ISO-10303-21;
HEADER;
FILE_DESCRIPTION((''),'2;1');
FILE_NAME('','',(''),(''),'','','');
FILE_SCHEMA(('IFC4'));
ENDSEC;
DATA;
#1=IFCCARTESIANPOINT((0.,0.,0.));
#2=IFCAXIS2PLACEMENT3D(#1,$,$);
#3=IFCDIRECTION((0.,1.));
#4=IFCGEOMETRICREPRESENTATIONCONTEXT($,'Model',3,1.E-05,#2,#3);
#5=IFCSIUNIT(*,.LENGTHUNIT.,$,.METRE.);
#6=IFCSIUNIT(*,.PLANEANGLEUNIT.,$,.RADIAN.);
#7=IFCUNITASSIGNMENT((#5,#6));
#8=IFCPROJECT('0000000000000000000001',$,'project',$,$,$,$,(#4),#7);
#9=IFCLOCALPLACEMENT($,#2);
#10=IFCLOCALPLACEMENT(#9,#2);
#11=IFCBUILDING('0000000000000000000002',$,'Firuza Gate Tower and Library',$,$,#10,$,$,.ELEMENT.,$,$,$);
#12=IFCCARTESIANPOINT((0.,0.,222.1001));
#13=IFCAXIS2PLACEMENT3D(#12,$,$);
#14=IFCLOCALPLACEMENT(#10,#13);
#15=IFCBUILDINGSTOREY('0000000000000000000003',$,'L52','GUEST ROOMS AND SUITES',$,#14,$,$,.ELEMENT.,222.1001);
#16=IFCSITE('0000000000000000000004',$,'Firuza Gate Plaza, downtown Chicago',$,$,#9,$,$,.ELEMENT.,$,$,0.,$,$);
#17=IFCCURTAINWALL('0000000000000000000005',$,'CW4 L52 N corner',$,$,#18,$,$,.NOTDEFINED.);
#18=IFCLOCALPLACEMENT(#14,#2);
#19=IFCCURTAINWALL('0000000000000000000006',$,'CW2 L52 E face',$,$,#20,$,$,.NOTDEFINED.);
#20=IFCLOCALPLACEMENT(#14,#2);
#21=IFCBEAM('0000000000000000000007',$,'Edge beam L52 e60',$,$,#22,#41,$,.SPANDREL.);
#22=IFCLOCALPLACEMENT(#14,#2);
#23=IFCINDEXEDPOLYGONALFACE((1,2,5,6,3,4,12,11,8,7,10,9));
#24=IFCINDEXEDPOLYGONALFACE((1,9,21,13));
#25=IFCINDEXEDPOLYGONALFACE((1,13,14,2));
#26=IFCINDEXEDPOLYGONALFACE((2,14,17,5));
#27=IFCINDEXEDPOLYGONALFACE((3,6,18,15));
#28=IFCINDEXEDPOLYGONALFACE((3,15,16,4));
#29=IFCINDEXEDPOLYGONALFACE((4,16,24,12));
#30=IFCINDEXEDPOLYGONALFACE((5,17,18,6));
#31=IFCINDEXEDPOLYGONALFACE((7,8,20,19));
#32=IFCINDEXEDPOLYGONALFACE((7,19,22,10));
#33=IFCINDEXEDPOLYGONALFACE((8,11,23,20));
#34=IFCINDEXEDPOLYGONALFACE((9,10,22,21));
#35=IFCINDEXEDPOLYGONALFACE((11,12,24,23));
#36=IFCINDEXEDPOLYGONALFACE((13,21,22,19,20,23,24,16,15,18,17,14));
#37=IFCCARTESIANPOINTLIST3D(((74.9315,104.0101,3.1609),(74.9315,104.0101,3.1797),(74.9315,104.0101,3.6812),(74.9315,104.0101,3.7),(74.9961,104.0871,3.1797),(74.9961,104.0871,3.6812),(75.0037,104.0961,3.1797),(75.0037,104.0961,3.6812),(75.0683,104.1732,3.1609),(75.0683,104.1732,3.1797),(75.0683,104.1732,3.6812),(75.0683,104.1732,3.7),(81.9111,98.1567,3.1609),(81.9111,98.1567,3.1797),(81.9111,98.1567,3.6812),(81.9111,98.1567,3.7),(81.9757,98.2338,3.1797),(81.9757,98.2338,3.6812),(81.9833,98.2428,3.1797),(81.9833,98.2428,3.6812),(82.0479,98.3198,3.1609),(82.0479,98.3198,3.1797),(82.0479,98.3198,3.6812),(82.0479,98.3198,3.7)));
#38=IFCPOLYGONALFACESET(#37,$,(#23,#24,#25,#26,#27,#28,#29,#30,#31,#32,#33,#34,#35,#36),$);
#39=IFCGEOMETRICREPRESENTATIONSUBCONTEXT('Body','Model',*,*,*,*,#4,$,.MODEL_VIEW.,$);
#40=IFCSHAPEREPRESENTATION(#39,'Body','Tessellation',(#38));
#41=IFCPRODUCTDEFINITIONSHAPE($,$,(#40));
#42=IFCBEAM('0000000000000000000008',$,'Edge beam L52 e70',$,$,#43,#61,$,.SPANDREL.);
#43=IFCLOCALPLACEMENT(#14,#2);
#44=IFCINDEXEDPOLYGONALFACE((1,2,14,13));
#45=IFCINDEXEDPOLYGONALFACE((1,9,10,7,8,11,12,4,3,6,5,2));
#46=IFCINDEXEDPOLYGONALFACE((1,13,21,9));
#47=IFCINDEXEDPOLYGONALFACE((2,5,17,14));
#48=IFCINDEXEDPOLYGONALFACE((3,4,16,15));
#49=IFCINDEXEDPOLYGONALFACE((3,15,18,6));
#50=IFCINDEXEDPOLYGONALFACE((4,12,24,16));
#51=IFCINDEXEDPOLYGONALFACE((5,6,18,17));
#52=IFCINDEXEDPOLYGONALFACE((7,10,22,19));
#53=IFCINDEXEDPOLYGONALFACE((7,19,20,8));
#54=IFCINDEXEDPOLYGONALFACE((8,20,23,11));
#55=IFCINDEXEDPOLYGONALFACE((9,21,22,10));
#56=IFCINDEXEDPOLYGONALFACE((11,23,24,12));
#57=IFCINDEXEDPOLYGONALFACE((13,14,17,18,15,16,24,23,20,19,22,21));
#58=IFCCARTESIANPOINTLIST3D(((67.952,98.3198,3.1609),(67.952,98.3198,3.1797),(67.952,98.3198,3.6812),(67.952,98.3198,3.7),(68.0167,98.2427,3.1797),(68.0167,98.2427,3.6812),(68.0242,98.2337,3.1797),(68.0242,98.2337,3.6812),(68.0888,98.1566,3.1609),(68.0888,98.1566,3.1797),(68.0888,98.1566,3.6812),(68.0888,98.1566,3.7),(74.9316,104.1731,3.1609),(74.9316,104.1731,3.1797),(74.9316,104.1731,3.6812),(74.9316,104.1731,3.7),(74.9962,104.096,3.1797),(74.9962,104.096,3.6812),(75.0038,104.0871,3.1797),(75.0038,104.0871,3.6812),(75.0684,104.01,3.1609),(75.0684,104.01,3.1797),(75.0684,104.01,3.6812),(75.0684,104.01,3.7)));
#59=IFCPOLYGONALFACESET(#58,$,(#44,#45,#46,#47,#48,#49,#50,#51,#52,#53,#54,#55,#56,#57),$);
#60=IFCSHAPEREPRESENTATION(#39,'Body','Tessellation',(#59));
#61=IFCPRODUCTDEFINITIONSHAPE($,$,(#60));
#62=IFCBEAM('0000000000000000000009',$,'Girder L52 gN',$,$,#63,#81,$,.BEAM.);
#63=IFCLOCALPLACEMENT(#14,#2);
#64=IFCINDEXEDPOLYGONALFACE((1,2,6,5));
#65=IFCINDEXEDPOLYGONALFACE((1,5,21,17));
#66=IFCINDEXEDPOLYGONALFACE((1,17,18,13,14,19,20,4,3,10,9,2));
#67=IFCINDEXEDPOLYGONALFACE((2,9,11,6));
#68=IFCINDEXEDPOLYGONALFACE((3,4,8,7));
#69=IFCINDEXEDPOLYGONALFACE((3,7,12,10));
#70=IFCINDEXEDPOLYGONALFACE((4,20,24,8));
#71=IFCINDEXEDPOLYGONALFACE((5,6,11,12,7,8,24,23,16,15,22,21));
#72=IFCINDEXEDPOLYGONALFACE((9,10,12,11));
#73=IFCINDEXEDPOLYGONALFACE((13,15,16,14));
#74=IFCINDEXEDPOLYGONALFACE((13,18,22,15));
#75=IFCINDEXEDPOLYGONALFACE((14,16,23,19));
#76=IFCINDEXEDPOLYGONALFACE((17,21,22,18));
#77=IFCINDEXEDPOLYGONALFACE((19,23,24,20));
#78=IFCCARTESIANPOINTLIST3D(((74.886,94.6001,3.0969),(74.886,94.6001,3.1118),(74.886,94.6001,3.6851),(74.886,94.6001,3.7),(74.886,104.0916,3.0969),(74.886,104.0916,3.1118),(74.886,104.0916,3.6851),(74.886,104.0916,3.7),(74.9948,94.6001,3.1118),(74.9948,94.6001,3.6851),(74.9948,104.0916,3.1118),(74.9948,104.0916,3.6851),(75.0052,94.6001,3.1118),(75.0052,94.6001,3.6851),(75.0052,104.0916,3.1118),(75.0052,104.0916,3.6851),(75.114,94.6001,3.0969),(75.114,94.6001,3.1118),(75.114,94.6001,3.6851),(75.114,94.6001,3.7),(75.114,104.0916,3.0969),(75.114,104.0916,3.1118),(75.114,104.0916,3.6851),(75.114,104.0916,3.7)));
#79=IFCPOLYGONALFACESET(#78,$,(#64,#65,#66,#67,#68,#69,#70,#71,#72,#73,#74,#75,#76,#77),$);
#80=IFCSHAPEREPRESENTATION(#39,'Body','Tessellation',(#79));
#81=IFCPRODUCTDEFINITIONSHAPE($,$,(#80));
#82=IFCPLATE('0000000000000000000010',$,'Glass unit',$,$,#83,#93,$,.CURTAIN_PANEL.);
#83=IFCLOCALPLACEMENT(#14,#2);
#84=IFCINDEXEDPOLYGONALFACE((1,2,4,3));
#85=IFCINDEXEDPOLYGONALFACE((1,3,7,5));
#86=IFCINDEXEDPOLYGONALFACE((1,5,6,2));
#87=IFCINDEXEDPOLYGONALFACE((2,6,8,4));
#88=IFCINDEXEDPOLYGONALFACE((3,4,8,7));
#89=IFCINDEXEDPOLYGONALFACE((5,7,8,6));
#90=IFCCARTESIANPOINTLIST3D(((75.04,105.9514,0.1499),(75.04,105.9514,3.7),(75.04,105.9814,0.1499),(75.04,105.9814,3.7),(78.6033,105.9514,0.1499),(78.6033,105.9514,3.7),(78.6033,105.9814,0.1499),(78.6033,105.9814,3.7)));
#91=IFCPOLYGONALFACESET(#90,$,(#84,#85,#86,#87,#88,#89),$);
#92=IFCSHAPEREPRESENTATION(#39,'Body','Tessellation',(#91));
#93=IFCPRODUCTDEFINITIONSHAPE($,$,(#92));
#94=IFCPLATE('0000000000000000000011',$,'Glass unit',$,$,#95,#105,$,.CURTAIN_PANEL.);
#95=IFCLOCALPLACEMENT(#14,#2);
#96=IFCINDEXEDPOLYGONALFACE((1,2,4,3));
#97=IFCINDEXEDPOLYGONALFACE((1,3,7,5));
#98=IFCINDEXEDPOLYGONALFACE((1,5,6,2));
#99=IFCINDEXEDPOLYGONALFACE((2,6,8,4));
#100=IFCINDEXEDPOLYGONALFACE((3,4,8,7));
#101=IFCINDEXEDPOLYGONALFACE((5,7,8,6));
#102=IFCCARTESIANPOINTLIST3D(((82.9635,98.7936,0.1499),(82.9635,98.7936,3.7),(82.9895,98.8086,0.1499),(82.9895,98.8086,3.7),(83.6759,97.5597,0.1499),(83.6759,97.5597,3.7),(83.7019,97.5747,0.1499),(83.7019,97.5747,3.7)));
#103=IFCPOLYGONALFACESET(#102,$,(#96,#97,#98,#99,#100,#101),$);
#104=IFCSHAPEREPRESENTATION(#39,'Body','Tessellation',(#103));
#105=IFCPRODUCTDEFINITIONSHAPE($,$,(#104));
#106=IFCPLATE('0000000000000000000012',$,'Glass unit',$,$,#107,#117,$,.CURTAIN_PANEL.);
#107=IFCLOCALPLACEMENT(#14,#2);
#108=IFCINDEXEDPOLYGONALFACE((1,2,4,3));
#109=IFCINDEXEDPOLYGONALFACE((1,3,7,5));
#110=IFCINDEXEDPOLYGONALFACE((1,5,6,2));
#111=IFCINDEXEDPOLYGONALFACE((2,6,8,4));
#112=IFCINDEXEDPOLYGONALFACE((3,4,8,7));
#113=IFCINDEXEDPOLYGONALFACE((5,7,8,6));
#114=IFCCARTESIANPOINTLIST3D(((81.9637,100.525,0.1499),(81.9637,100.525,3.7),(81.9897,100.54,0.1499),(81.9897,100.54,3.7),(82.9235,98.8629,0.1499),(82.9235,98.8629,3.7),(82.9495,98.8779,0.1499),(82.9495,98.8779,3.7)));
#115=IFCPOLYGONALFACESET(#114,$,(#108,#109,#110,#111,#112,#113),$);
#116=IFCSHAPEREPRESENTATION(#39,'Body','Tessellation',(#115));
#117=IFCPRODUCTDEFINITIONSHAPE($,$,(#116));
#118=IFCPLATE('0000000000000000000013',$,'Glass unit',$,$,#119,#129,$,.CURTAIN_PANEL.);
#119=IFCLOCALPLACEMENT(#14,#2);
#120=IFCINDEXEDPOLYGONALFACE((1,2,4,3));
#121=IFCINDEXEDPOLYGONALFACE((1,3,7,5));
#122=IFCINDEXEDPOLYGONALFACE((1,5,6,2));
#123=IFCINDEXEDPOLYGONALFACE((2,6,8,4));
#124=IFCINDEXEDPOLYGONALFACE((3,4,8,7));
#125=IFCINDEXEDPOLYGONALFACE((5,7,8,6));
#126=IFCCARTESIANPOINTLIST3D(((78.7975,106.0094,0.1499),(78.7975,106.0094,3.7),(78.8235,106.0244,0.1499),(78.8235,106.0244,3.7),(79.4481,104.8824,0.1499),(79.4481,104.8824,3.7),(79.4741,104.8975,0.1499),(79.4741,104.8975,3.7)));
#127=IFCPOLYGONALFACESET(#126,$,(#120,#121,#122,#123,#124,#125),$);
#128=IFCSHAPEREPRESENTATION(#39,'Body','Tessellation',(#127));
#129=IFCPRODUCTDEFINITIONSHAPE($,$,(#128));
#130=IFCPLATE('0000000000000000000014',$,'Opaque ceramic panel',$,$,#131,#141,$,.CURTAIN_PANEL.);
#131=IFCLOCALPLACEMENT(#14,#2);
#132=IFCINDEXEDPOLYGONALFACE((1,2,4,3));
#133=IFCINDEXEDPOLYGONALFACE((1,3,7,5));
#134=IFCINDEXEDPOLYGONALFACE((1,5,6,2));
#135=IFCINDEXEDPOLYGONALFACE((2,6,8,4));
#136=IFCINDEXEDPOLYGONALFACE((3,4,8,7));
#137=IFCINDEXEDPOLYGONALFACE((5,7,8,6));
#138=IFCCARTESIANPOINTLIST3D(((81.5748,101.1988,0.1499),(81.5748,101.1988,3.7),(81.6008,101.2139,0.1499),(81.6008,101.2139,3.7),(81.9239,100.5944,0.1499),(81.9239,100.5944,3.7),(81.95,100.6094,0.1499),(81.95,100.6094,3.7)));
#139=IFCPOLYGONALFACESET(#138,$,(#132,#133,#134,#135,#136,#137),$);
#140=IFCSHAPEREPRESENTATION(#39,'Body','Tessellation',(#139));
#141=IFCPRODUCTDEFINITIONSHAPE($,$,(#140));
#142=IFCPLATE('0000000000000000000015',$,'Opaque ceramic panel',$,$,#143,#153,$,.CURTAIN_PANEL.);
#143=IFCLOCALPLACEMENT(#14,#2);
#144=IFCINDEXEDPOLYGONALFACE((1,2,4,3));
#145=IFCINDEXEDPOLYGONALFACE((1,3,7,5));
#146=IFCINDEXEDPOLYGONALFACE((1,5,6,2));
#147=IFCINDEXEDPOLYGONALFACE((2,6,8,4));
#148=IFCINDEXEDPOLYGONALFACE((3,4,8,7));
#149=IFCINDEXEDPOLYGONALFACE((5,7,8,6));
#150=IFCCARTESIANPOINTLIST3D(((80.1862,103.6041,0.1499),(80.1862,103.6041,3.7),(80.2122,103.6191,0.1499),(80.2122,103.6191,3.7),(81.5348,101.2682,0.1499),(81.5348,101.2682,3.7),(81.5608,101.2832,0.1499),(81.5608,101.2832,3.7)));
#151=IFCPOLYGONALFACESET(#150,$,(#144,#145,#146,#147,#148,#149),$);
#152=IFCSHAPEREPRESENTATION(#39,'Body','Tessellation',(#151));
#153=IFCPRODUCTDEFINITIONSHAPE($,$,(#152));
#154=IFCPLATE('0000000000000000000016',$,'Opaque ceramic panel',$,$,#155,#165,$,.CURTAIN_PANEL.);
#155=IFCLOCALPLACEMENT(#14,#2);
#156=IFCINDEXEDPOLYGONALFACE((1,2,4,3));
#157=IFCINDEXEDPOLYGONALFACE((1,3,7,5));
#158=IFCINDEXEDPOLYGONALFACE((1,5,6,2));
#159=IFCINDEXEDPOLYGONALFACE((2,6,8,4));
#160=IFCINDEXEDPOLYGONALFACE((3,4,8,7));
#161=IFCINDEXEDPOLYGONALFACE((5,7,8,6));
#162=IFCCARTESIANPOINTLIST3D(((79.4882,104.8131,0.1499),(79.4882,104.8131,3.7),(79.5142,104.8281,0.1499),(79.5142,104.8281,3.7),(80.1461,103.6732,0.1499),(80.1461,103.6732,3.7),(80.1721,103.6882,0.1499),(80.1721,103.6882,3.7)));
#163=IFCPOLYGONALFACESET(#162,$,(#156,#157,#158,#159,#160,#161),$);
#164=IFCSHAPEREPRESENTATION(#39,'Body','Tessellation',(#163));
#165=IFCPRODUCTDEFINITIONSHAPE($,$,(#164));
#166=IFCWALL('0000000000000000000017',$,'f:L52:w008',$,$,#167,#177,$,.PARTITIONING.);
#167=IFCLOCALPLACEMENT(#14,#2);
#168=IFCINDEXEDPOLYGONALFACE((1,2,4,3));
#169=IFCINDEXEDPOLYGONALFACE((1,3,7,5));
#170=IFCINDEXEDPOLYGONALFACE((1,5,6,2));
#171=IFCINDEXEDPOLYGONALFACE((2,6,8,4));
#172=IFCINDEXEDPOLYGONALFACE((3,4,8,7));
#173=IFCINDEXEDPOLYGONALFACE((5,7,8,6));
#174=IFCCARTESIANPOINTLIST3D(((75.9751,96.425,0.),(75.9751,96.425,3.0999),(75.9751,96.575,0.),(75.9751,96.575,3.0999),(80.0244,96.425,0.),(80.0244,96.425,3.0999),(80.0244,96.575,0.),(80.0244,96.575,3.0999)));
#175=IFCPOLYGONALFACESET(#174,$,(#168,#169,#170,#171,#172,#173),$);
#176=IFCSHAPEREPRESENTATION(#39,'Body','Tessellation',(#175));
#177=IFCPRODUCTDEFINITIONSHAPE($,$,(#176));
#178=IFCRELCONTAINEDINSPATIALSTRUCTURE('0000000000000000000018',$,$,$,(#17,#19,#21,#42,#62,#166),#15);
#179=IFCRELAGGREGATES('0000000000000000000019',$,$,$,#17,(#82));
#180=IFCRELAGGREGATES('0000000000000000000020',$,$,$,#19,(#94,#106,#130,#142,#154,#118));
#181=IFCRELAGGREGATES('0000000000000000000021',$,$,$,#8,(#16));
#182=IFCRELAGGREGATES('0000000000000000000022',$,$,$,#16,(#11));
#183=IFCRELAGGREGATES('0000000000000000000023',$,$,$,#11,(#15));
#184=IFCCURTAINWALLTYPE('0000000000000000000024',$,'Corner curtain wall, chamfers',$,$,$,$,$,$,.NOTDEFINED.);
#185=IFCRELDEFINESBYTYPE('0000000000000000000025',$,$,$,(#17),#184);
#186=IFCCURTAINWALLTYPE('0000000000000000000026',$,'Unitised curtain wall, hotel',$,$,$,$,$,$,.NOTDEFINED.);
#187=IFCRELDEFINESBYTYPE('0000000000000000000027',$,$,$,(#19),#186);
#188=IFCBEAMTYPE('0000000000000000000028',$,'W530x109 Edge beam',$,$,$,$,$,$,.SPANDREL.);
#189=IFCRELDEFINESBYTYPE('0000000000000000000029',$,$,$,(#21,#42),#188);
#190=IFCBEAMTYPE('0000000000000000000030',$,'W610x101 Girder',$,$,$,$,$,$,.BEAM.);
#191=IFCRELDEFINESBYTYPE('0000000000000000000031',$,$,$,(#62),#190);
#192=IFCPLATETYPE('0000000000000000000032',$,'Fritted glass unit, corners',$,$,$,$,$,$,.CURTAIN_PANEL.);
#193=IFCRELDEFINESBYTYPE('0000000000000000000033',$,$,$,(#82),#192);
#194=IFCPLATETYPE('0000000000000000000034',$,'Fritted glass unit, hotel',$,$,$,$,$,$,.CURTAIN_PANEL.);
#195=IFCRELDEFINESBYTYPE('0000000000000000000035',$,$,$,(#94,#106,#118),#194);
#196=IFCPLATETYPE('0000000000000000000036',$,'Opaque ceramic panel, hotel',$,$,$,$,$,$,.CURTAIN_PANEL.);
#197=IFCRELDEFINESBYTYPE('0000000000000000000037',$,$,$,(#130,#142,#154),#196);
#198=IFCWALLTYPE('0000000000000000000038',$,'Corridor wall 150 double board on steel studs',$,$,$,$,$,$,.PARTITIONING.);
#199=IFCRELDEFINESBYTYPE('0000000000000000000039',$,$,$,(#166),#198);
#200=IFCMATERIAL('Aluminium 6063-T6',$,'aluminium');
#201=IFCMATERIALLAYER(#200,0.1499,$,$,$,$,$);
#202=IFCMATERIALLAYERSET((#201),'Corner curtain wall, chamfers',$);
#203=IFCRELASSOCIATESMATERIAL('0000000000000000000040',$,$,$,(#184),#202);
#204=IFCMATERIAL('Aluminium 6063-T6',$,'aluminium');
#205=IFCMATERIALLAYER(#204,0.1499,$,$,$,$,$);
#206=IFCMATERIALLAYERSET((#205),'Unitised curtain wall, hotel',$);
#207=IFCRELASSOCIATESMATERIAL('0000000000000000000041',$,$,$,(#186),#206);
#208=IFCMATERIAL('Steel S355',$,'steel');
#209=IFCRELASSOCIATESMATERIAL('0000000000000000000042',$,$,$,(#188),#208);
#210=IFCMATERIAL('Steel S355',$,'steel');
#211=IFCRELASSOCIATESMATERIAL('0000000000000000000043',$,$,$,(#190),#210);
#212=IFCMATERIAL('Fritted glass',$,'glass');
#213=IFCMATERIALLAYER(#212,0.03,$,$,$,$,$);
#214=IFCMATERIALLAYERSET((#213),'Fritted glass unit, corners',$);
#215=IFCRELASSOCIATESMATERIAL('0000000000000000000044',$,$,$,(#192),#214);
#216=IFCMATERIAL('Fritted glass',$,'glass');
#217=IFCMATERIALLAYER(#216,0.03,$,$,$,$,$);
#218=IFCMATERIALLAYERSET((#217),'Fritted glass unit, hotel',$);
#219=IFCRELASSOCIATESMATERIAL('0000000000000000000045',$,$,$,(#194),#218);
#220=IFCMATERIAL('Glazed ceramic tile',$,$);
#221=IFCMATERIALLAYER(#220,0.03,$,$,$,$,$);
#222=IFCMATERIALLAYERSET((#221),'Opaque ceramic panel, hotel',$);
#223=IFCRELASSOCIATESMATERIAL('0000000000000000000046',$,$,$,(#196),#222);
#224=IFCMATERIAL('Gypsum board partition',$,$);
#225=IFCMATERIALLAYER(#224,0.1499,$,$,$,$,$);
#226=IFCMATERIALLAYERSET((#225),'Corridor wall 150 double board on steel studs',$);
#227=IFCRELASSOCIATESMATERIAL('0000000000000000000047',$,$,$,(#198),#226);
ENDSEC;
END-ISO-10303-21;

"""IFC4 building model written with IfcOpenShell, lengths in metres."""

from ifc_helpers import new_model, si_unit, direction, frame, frame_2d, origin, origin_2d, place, context, subcontext, project, spatial, polyline, rectangle, i_section, outline, extrude, material, layer, layer_set, material_profile, profile_set, type_object, element, aggregate, save


model = new_model("IFC4")

# Units and contexts
model_context = context("Model", 3, precision=1e-05, world=origin(), true_north=direction((0.0, 1.0)))
body_context = subcontext(model_context, "Body", "Model", "MODEL_VIEW")
ifc_project = project(units=[si_unit("LENGTHUNIT", "METRE"), si_unit("PLANEANGLEUNIT", "RADIAN")], contexts=[model_context])

# Site, building, storey
site_placement = place(None, origin())
site = spatial("IfcSite", under=ifc_project, at=site_placement, Name="Firuza Gate Plaza, downtown Chicago", CompositionType="ELEMENT", RefElevation=0.0)
building_placement = place(site_placement, origin())
building = spatial("IfcBuilding", under=site, at=building_placement, Name="Firuza Gate Tower and Library", CompositionType="ELEMENT")
storey_placement = place(building_placement, frame((0.0, 0.0, 222.1001)))
storey = spatial("IfcBuildingStorey", under=building, at=storey_placement, Name="L52", Description="GUEST ROOMS AND SUITES", CompositionType="ELEMENT", Elevation=222.1001)

# Curtain walls
ifc_material_1 = material(Name="Aluminium 6063-T6", Category="aluminium")
ifc_layer_1 = layer(ifc_material_1, 0.1499)
ifc_layer_set_1 = layer_set([ifc_layer_1], Name="Corner curtain wall, chamfers")
curtain_wall_type_1 = type_object("IfcCurtainWallType", Name="Corner curtain wall, chamfers", PredefinedType="NOTDEFINED", material=ifc_layer_set_1)
placement = place(storey_placement, origin())
curtain_wall_1 = element("IfcCurtainWall", 1, at=placement, inside=storey, type_object=curtain_wall_type_1, Name="CW4 L52 N corner", PredefinedType="NOTDEFINED")
ifc_material_2 = material(Name="Aluminium 6063-T6", Category="aluminium")
ifc_layer_2 = layer(ifc_material_2, 0.1499)
ifc_layer_set_2 = layer_set([ifc_layer_2], Name="Unitised curtain wall, hotel")
curtain_wall_type_2 = type_object("IfcCurtainWallType", Name="Unitised curtain wall, hotel", PredefinedType="NOTDEFINED", material=ifc_layer_set_2)
curtain_wall_2 = element("IfcCurtainWall", 2, at=placement, inside=storey, type_object=curtain_wall_type_2, Name="CW2 L52 E face", PredefinedType="NOTDEFINED")

# Beams
ifc_material_3 = material(Name="Steel S355", Category="steel")
ifc_material_profile_1 = material_profile(ifc_material_3, i_section(OverallWidth=0.2129, OverallDepth=0.5391, WebThickness=0.0117, FlangeThickness=0.0188, at=origin_2d()))
ifc_profile_set_1 = profile_set([ifc_material_profile_1], Name="Steel S355")
beam_type_1 = type_object("IfcBeamType", Name="W530x109 Edge beam", PredefinedType="SPANDREL", material=ifc_profile_set_1)
for number, where, z_axis, x_axis, name in (
    (3, (81.9795, 98.2383, 3.4304), (-0.766218, 0.64258, 0.0), (-0.64258, -0.766218, 0.0), "Edge beam L52 e60"),
    (4, (75.0, 104.0916, 3.4304), (-0.766218, -0.64258, 0.0), (0.64258, -0.766218, 0.0), "Edge beam L52 e70"),
):
    element("IfcBeam", number, at=place(storey_placement, frame(where, z_axis=z_axis, x_axis=x_axis)), inside=storey, type_object=beam_type_1, Name=name, PredefinedType="SPANDREL", context=body_context, shape_type="SweptSolid", body=[
        extrude(i_section(OverallWidth=0.2129, OverallDepth=0.5391, WebThickness=0.0117, FlangeThickness=0.0188, at=origin_2d()), origin(), (0.0, 0.0, 1.0), 9.1091),
    ])
ifc_material_4 = material(Name="Steel S355", Category="steel")
ifc_material_profile_2 = material_profile(ifc_material_4, i_section(OverallWidth=0.228, OverallDepth=0.603, WebThickness=0.0105, FlangeThickness=0.0149, at=origin_2d()))
ifc_profile_set_2 = profile_set([ifc_material_profile_2], Name="Steel S355")
beam_type_2 = type_object("IfcBeamType", Name="W610x101 Girder", PredefinedType="BEAM", material=ifc_profile_set_2)
beam_1_placement = place(storey_placement, frame((75.0, 104.0916, 3.3984), z_axis=(0.0, -1.0, 0.0), x_axis=(1.0, 0.0, 0.0)))
element("IfcBeam", 5, at=beam_1_placement, inside=storey, type_object=beam_type_2, Name="Girder L52 gN", PredefinedType="BEAM", context=body_context, shape_type="SweptSolid", body=[
    extrude(i_section(OverallWidth=0.228, OverallDepth=0.603, WebThickness=0.0105, FlangeThickness=0.0149, at=origin_2d()), origin(), (0.0, 0.0, 1.0), 9.4915),
])

# Plates
ifc_material_5 = material(Name="Fritted glass", Category="glass")
ifc_layer_3 = layer(ifc_material_5, 0.03)
ifc_layer_set_3 = layer_set([ifc_layer_3], Name="Fritted glass unit, corners")
plate_type_1 = type_object("IfcPlateType", Name="Fritted glass unit, corners", PredefinedType="CURTAIN_PANEL", material=ifc_layer_set_3)
plate_1_placement = place(storey_placement, frame((78.6033, 105.9814, 0.1499), z_axis=(0.0, 1.0, 0.0), x_axis=(-1.0, 0.0, 0.0)))
plate_1 = element("IfcPlate", 6, at=plate_1_placement, type_object=plate_type_1, Name="Glass unit", PredefinedType="CURTAIN_PANEL", context=body_context, shape_type="SweptSolid", body=[
    extrude(outline(polyline([(0.0, 0.0), (3.5632, 0.0), (3.5632, 3.55), (0.0, 3.55), (0.0, 0.0)])), origin(), (0.0, 0.0, -1.0), 0.03),
])
aggregate(curtain_wall_1, [plate_1])
ifc_material_6 = material(Name="Fritted glass", Category="glass")
ifc_layer_4 = layer(ifc_material_6, 0.03)
ifc_layer_set_4 = layer_set([ifc_layer_4], Name="Fritted glass unit, hotel")
plate_type_2 = type_object("IfcPlateType", Name="Fritted glass unit, hotel", PredefinedType="CURTAIN_PANEL", material=ifc_layer_set_4)
plate_2_placement = place(storey_placement, frame((83.7019, 97.5747, 0.1499), z_axis=(0.86602, 0.500009, 0.0), x_axis=(-0.500009, 0.86602, 0.0)))
plate_2 = element("IfcPlate", 7, at=plate_2_placement, type_object=plate_type_2, Name="Glass unit", PredefinedType="CURTAIN_PANEL", context=body_context, shape_type="SweptSolid", body=[
    extrude(outline(polyline([(0.0, 0.0), (1.4248, 0.0), (1.4248, 3.55), (0.0, 3.55), (0.0, 0.0)])), origin(), (0.0, 0.0, -1.0), 0.03),
])
plate_3_placement = place(storey_placement, frame((82.9495, 98.8779, 0.1499), z_axis=(0.866003, 0.500038, 0.0), x_axis=(-0.500038, 0.866003, 0.0)))
plate_3 = element("IfcPlate", 8, at=plate_3_placement, type_object=plate_type_2, Name="Glass unit", PredefinedType="CURTAIN_PANEL", context=body_context, shape_type="SweptSolid", body=[
    extrude(outline(polyline([(0.0, 0.0), (1.9193, 0.0), (1.9193, 3.55), (0.0, 3.55), (0.0, 0.0)])), origin(), (0.0, 0.0, -1.0), 0.03),
])
plate_4_placement = place(storey_placement, frame((79.4741, 104.8975, 0.1499), z_axis=(0.866029, 0.499993, 0.0), x_axis=(-0.499993, 0.866029, 0.0)))
plate_4 = element("IfcPlate", 9, at=plate_4_placement, type_object=plate_type_2, Name="Glass unit", PredefinedType="CURTAIN_PANEL", context=body_context, shape_type="SweptSolid", body=[
    extrude(outline(polyline([(0.0, 0.0), (1.3013, 0.0), (1.3013, 3.55), (0.0, 3.55), (0.0, 0.0)])), origin(), (0.0, 0.0, -1.0), 0.03),
])
ifc_material_7 = material(Name="Glazed ceramic tile")
ifc_layer_5 = layer(ifc_material_7, 0.03)
ifc_layer_set_5 = layer_set([ifc_layer_5], Name="Opaque ceramic panel, hotel")
plate_type_3 = type_object("IfcPlateType", Name="Opaque ceramic panel, hotel", PredefinedType="CURTAIN_PANEL", material=ifc_layer_set_5)
plate_5_placement = place(storey_placement, frame((81.95, 100.6094, 0.1499), z_axis=(0.865953, 0.500126, 0.0), x_axis=(-0.500126, 0.865953, 0.0)))
plate_5 = element("IfcPlate", 10, at=plate_5_placement, type_object=plate_type_3, Name="Opaque ceramic panel", PredefinedType="CURTAIN_PANEL", context=body_context, shape_type="SweptSolid", body=[
    extrude(outline(polyline([(0.0, 0.0), (0.6981, 0.0), (0.6981, 3.55), (0.0, 3.55), (0.0, 0.0)])), origin(), (0.0, 0.0, -1.0), 0.03),
])
plate_6_placement = place(storey_placement, frame((81.5608, 101.2832, 0.1499), z_axis=(0.866029, 0.499994, 0.0), x_axis=(-0.499994, 0.866029, 0.0)))
plate_6 = element("IfcPlate", 11, at=plate_6_placement, type_object=plate_type_3, Name="Opaque ceramic panel", PredefinedType="CURTAIN_PANEL", context=body_context, shape_type="SweptSolid", body=[
    extrude(outline(polyline([(0.0, 0.0), (2.6973, 0.0), (2.6973, 3.55), (0.0, 3.55), (0.0, 0.0)])), origin(), (0.0, 0.0, -1.0), 0.03),
])
plate_7_placement = place(storey_placement, frame((80.1721, 103.6882, 0.1499), z_axis=(0.866077, 0.49991, 0.0), x_axis=(-0.49991, 0.866077, 0.0)))
plate_7 = element("IfcPlate", 12, at=plate_7_placement, type_object=plate_type_3, Name="Opaque ceramic panel", PredefinedType="CURTAIN_PANEL", context=body_context, shape_type="SweptSolid", body=[
    extrude(outline(polyline([(0.0, 0.0), (1.3162, 0.0), (1.3162, 3.55), (0.0, 3.55), (0.0, 0.0)])), origin(), (0.0, 0.0, -1.0), 0.03),
])
aggregate(curtain_wall_2, [plate_2, plate_3, plate_5, plate_6, plate_7, plate_4])

# Wall
ifc_material_8 = material(Name="Gypsum board partition")
ifc_layer_6 = layer(ifc_material_8, 0.1499)
ifc_layer_set_6 = layer_set([ifc_layer_6], Name="Corridor wall 150 double board on steel studs")
wall_type_1 = type_object("IfcWallType", Name="Corridor wall 150 double board on steel studs", PredefinedType="PARTITIONING", material=ifc_layer_set_6)
wall_1_placement = place(storey_placement, frame((75.9751, 96.5, 0.0), z_axis=(0.0, 0.0, 1.0), x_axis=(1.0, 0.0, 0.0)))
element("IfcWall", 13, at=wall_1_placement, inside=storey, type_object=wall_type_1, Name="f:L52:w008", PredefinedType="PARTITIONING", context=body_context, shape_type="SweptSolid", body=[
    extrude(rectangle(XDim=4.0493, YDim=0.1499, at=frame_2d((2.0247, 0.0))), origin(), (0.0, 0.0, 1.0), 3.0999),
])

save(model, "model.ifc")
